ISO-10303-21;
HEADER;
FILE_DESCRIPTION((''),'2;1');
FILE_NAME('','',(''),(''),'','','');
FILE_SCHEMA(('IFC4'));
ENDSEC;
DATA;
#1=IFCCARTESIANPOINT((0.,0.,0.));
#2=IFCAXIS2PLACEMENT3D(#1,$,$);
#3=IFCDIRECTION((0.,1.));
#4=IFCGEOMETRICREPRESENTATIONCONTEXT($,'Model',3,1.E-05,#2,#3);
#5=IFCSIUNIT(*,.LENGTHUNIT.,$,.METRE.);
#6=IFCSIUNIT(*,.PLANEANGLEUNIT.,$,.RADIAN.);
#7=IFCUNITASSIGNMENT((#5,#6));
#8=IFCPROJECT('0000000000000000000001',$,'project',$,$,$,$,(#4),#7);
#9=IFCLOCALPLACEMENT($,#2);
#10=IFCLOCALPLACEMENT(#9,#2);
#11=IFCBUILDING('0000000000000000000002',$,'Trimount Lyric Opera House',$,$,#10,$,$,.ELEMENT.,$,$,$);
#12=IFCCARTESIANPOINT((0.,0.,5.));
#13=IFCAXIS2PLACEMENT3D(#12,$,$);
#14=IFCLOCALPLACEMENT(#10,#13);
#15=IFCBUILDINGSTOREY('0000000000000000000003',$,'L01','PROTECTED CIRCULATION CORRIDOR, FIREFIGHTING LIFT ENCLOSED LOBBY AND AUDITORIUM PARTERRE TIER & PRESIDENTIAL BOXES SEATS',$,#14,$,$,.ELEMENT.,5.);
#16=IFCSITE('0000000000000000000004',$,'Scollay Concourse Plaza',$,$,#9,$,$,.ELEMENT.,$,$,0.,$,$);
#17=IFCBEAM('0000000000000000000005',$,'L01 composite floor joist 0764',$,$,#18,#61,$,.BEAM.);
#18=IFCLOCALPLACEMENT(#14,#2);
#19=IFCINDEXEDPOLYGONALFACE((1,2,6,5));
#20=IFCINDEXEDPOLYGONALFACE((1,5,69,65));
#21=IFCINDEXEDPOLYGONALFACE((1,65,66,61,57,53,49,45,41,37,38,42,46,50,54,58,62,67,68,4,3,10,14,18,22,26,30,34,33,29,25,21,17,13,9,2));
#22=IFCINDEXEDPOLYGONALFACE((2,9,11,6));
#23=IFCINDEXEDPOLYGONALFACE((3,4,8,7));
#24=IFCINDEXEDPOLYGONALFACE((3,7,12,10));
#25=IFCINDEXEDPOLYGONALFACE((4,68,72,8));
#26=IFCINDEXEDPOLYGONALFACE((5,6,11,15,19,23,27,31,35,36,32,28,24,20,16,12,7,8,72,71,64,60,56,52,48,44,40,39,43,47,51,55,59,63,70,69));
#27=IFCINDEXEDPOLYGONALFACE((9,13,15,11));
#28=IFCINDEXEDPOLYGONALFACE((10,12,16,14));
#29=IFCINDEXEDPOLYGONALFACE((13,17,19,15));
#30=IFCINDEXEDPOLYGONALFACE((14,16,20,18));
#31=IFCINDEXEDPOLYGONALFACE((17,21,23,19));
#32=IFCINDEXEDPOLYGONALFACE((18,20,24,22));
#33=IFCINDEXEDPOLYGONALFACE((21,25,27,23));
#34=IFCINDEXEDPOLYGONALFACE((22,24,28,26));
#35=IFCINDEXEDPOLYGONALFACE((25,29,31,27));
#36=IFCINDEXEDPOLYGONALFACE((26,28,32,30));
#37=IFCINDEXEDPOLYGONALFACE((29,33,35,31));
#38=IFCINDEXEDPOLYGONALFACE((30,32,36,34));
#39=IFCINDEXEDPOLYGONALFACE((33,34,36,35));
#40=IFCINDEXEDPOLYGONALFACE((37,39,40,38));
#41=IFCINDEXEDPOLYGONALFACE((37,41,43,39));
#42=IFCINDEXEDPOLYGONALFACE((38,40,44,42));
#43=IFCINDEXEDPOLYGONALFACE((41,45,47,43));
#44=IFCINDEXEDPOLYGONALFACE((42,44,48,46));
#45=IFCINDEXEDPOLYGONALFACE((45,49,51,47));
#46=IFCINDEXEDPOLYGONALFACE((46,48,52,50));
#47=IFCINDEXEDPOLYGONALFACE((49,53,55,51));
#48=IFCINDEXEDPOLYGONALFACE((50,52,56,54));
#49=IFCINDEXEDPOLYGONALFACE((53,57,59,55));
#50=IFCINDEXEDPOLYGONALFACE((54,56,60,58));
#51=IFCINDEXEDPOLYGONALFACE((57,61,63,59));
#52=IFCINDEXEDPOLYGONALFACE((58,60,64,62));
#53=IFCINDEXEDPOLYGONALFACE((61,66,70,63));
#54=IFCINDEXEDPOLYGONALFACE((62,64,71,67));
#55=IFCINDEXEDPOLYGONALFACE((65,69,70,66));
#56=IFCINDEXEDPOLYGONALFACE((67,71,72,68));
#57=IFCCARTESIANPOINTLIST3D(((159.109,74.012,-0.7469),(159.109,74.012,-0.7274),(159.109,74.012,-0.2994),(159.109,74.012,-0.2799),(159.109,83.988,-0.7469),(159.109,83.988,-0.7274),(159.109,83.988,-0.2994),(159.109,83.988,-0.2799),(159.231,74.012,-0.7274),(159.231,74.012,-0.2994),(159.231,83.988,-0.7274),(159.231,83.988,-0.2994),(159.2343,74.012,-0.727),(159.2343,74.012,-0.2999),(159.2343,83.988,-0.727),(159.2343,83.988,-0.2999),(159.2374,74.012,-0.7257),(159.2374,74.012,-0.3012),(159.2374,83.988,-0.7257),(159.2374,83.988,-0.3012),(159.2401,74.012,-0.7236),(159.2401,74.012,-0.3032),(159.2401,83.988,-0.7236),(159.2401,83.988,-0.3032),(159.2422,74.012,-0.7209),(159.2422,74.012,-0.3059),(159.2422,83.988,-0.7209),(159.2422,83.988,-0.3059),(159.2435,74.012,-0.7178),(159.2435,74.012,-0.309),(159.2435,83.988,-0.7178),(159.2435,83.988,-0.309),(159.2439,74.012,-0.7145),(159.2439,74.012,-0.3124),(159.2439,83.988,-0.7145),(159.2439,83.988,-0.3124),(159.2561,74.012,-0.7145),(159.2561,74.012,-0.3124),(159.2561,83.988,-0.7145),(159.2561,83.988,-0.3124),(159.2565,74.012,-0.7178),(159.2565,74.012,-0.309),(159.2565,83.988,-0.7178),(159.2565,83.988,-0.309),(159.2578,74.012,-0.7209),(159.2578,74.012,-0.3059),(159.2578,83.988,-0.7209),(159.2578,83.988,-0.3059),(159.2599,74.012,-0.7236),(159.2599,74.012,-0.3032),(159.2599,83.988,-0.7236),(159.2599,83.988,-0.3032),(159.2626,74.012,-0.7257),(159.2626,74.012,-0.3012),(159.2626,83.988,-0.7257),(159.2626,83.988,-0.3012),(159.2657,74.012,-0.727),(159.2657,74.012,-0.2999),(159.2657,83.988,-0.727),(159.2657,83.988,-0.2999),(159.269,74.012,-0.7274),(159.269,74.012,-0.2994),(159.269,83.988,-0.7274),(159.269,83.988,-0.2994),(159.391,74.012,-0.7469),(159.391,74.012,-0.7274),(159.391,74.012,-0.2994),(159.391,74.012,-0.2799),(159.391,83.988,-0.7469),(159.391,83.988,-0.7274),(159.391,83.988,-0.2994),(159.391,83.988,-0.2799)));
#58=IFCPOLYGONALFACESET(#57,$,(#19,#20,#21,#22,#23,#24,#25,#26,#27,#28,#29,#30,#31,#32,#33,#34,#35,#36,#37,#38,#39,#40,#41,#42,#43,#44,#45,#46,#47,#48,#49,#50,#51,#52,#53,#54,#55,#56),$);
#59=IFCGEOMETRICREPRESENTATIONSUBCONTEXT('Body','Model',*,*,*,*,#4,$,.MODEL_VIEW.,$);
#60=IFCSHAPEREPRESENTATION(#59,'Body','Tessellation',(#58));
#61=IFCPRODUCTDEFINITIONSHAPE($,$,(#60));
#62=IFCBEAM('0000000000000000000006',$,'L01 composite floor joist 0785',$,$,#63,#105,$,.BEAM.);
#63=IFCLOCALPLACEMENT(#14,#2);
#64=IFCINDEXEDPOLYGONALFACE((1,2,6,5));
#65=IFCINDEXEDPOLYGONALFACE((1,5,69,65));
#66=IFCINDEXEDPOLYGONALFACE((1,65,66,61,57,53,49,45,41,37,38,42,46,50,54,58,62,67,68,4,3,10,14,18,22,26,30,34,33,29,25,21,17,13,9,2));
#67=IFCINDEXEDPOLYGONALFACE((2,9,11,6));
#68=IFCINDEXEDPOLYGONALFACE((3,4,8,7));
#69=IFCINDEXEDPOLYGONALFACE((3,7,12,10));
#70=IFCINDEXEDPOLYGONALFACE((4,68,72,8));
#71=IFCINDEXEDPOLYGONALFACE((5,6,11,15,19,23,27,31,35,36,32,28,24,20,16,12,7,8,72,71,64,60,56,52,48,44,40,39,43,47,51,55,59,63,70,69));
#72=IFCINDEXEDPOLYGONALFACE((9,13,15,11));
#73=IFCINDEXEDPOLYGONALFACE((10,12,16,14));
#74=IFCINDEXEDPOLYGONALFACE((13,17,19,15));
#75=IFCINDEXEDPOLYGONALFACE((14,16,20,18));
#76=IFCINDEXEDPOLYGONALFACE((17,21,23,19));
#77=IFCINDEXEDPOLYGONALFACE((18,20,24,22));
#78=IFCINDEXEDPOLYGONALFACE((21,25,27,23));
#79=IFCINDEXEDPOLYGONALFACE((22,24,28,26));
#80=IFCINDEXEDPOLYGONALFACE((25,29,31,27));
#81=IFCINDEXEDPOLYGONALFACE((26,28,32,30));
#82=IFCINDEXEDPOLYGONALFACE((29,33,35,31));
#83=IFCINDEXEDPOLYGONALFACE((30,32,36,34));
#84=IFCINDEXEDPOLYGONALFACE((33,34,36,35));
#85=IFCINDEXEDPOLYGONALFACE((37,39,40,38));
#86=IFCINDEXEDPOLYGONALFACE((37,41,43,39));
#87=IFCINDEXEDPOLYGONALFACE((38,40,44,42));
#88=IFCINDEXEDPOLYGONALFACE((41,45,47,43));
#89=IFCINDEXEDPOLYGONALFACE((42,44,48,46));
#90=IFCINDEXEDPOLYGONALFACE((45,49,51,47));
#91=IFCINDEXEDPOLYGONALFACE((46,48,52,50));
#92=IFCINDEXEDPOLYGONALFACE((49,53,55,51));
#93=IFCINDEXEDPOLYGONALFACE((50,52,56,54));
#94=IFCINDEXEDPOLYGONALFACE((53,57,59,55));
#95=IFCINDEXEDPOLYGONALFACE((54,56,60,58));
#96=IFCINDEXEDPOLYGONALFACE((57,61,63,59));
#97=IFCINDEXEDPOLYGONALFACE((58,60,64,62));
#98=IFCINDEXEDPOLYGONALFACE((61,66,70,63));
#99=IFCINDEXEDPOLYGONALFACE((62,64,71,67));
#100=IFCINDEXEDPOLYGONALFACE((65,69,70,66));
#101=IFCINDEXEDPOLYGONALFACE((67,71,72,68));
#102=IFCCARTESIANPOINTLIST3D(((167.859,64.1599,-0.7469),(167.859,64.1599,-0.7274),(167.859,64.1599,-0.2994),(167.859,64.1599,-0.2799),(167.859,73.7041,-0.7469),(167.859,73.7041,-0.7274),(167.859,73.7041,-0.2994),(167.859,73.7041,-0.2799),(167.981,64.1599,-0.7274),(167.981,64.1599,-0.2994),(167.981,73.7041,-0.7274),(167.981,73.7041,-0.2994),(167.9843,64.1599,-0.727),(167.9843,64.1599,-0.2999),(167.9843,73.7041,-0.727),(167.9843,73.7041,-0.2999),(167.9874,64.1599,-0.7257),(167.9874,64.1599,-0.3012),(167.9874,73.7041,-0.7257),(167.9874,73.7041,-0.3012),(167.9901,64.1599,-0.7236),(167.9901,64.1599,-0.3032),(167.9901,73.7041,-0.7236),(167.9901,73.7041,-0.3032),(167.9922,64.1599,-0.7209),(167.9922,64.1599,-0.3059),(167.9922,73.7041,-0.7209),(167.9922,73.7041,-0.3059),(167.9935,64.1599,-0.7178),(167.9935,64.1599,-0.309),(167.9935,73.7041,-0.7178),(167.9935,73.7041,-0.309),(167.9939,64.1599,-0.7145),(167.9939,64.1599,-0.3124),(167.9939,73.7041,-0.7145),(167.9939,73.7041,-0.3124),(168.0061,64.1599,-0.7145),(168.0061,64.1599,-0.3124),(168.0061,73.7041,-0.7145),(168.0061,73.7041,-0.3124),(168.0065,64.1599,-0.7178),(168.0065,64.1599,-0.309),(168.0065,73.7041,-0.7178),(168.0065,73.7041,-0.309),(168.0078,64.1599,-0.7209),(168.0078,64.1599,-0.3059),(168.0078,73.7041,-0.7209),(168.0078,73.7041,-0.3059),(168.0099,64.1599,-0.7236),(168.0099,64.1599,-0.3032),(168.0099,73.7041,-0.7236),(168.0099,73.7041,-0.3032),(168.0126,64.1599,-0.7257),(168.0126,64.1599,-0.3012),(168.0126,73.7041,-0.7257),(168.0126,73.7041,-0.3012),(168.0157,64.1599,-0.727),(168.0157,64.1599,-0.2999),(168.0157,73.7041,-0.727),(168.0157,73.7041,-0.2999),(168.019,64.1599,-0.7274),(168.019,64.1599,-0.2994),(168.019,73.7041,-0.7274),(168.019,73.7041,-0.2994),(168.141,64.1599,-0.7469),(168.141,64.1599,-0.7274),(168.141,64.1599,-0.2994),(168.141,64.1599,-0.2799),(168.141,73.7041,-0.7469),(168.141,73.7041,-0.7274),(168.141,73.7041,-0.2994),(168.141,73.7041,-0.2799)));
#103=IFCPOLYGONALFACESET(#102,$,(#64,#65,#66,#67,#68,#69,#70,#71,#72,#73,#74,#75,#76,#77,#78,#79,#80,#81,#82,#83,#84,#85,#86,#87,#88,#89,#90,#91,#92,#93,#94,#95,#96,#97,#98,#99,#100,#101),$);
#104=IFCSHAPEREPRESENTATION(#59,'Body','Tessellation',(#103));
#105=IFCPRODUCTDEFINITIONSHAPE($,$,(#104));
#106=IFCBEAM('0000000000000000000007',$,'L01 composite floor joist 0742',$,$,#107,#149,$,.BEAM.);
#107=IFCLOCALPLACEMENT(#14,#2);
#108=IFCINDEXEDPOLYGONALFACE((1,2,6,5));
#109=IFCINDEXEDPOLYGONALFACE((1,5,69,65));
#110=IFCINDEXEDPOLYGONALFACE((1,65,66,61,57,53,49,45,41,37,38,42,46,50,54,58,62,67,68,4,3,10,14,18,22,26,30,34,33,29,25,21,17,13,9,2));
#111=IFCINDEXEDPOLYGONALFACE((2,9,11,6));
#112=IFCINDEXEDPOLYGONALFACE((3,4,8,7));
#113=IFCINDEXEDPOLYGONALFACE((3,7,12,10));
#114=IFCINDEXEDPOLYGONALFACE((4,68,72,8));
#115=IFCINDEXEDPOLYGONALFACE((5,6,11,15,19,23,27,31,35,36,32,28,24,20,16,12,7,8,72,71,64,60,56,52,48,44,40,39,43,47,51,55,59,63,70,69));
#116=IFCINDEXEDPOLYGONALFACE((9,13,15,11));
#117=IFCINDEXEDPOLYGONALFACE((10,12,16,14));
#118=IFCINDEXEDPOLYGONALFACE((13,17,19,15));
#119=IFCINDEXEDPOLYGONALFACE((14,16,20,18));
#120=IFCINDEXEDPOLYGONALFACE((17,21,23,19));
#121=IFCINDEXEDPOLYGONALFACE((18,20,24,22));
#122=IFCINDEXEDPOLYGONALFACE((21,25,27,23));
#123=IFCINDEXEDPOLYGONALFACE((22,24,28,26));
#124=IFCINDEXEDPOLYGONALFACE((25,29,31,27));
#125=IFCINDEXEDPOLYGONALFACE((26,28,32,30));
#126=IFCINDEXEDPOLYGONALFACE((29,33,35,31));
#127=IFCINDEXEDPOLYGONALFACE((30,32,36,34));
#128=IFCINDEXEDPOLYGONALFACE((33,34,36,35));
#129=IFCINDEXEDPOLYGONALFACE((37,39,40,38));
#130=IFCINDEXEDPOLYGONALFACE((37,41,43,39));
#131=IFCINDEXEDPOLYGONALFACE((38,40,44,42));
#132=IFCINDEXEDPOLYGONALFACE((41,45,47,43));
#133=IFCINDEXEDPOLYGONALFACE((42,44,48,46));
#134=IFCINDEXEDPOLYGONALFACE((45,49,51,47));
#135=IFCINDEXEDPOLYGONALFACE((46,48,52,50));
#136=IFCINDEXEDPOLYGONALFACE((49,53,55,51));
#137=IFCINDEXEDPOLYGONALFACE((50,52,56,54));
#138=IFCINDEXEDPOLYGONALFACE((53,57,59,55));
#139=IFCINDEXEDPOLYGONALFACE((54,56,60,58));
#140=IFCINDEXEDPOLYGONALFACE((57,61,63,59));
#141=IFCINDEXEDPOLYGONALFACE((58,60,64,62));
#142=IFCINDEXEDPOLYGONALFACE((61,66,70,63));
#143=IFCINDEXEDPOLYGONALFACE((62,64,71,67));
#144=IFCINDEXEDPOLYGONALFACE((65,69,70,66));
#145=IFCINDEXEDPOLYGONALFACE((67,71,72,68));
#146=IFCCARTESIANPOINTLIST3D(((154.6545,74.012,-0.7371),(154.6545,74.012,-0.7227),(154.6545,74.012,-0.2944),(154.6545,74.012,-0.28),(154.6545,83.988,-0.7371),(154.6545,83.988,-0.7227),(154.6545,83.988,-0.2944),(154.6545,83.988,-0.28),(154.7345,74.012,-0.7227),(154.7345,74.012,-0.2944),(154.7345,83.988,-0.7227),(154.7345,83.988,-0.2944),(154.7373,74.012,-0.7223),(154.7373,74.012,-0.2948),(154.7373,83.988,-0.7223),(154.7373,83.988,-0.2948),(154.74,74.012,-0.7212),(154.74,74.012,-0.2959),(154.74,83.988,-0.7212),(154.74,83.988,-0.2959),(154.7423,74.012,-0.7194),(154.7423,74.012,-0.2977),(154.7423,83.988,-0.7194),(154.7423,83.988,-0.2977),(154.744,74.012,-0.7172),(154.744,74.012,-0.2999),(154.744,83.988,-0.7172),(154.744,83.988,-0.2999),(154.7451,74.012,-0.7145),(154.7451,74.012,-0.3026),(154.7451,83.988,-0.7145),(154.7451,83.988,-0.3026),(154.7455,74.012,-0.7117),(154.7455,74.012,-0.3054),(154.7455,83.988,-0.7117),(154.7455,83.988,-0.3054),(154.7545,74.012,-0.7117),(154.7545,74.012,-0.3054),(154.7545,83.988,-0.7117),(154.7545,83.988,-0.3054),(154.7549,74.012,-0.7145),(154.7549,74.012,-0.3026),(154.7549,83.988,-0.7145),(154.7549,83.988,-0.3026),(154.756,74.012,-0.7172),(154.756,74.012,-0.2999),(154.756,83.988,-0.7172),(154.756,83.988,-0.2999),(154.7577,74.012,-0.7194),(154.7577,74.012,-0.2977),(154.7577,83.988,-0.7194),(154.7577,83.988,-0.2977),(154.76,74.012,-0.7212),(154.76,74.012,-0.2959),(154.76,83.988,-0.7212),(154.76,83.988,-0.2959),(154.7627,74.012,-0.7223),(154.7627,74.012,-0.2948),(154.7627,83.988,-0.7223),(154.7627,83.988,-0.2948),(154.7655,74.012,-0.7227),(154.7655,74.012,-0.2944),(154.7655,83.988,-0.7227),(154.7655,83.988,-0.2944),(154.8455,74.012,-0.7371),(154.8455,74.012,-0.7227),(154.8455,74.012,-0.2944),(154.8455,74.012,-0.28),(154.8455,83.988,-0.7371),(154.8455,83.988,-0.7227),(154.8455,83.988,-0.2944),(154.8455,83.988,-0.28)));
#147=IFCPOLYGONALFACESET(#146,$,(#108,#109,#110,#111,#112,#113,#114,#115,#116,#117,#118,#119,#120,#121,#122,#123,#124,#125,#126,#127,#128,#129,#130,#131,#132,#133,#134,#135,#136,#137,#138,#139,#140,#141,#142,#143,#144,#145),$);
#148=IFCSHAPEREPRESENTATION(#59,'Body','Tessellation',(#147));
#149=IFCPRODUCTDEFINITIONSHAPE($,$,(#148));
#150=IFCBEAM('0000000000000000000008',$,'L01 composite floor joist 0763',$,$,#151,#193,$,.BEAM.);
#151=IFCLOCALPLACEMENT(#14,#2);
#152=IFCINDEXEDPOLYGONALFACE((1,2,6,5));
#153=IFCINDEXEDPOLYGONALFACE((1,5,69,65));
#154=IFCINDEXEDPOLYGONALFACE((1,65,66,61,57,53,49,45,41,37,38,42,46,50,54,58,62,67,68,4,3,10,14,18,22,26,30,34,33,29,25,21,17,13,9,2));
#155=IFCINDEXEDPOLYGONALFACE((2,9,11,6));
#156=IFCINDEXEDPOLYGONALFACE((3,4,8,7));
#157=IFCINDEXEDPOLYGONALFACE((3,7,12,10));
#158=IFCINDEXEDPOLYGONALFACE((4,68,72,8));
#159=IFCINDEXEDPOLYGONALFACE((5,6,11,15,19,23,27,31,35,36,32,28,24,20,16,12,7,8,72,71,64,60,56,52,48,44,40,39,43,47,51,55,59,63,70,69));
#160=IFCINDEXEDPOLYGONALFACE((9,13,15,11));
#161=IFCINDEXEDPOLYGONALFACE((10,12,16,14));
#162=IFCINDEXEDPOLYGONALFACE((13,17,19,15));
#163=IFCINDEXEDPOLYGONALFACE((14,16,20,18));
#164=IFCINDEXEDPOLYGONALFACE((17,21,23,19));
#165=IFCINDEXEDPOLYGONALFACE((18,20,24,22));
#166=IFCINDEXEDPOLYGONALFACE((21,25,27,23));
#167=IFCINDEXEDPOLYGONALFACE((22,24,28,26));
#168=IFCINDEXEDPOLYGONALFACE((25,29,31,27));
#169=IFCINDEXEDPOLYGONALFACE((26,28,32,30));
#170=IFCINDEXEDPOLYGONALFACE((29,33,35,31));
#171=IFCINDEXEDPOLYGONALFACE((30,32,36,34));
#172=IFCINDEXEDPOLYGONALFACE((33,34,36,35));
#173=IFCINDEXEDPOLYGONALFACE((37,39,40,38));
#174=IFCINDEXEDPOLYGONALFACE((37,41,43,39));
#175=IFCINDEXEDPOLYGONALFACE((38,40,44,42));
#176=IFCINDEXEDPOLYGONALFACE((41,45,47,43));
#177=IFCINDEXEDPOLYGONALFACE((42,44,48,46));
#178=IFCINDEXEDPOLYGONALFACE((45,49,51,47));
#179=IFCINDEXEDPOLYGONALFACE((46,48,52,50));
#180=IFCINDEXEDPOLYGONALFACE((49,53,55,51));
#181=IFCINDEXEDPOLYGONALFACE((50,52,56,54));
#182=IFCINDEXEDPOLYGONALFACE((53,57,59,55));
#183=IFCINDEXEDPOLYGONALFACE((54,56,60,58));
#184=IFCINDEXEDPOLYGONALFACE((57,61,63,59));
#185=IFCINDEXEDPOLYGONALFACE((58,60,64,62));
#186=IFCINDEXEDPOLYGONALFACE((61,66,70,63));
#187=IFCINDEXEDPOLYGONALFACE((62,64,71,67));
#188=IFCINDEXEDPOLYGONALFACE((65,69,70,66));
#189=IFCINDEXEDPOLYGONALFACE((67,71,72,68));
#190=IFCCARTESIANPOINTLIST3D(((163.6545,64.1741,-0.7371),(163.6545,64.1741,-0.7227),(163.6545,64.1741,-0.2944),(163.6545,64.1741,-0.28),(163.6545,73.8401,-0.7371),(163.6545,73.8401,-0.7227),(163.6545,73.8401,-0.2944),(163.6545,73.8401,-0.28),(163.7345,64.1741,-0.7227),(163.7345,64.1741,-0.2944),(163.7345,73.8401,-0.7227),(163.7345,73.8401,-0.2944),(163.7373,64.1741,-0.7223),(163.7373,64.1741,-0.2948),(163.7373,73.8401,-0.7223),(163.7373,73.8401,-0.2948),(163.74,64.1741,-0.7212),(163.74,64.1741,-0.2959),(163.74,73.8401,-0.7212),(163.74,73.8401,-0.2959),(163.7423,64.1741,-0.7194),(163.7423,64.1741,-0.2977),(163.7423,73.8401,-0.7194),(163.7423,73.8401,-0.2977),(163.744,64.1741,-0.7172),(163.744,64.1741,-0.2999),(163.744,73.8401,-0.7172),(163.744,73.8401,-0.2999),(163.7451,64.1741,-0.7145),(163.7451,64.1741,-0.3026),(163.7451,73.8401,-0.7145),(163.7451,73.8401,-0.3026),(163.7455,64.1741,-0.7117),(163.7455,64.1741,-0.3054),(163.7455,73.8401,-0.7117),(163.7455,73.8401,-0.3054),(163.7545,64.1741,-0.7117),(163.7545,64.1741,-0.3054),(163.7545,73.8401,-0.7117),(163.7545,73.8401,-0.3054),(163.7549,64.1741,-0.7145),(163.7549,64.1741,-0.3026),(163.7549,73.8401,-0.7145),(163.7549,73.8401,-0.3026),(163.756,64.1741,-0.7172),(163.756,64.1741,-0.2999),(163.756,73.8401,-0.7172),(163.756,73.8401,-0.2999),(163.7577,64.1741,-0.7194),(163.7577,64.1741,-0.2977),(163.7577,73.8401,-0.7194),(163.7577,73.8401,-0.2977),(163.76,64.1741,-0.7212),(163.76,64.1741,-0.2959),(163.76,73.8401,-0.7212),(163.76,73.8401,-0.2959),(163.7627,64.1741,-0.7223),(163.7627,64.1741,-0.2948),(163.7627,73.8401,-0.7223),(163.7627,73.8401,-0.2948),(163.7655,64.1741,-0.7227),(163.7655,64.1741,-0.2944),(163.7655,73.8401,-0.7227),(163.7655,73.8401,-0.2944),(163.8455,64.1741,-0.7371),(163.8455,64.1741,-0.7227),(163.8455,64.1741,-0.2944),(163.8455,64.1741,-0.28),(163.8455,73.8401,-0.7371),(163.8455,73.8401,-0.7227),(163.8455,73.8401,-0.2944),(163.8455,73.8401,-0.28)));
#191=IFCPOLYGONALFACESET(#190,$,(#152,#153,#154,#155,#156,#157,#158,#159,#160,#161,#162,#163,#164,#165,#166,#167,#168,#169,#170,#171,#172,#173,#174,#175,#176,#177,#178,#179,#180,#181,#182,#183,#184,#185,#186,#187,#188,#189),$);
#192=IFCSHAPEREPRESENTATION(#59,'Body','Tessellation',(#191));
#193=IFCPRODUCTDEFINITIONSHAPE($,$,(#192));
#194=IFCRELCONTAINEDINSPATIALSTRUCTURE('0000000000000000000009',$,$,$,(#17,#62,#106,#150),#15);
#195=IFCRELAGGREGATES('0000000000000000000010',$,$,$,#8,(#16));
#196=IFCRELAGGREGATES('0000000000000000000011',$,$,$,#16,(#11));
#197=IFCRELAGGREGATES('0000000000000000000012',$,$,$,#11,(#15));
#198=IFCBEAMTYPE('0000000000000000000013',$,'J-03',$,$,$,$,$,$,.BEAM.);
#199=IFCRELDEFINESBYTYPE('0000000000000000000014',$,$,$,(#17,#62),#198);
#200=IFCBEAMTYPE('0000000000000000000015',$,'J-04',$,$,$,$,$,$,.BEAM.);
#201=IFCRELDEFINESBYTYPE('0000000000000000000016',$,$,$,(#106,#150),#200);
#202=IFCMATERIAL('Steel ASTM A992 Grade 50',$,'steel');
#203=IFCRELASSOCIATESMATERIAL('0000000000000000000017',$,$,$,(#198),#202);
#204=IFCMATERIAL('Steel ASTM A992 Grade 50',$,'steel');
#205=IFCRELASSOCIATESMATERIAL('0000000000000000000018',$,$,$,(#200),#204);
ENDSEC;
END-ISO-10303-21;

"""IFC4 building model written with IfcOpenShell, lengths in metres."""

from ifc_helpers import new_model, si_unit, direction, frame, origin, origin_2d, place, context, subcontext, project, spatial, i_section, extrude, material, material_profile, profile_set, type_object, element, save


model = new_model("IFC4")

# Units and contexts
model_context = context("Model", 3, precision=1e-05, world=origin(), true_north=direction((0.0, 1.0)))
body_context = subcontext(model_context, "Body", "Model", "MODEL_VIEW")
ifc_project = project(units=[si_unit("LENGTHUNIT", "METRE"), si_unit("PLANEANGLEUNIT", "RADIAN")], contexts=[model_context])

# Site, building, storey
site_placement = place(None, origin())
site = spatial("IfcSite", under=ifc_project, at=site_placement, Name="Scollay Concourse Plaza", CompositionType="ELEMENT", RefElevation=0.0)
building_placement = place(site_placement, origin())
building = spatial("IfcBuilding", under=site, at=building_placement, Name="Trimount Lyric Opera House", CompositionType="ELEMENT")
storey_placement = place(building_placement, frame((0.0, 0.0, 5.0)))
storey = spatial("IfcBuildingStorey", under=building, at=storey_placement, Name="L01", Description="PROTECTED CIRCULATION CORRIDOR, FIREFIGHTING LIFT ENCLOSED LOBBY AND AUDITORIUM PARTERRE TIER & PRESIDENTIAL BOXES SEATS", CompositionType="ELEMENT", Elevation=5.0)

# Beams
ifc_material_1 = material(Name="Steel ASTM A992 Grade 50", Category="steel")
ifc_material_profile_1 = material_profile(ifc_material_1, i_section(OverallWidth=0.282, OverallDepth=0.467, WebThickness=0.0122, FlangeThickness=0.0195, FilletRadius=0.0129, at=origin_2d()), Name="W18X86")
ifc_profile_set_1 = profile_set([ifc_material_profile_1], Name="Steel ASTM A992 Grade 50")
beam_type_1 = type_object("IfcBeamType", Name="J-03", PredefinedType="BEAM", material=ifc_profile_set_1)
beam_1_placement = place(storey_placement, frame((159.25, 74.012, -0.5134), z_axis=(0.0, 1.0, 0.0), x_axis=(-1.0, 0.0, 0.0)))
element("IfcBeam", 1, at=beam_1_placement, inside=storey, type_object=beam_type_1, Name="L01 composite floor joist 0764", PredefinedType="BEAM", context=body_context, shape_type="SweptSolid", body=[
    extrude(i_section(OverallWidth=0.282, OverallDepth=0.467, WebThickness=0.0122, FlangeThickness=0.0195, FilletRadius=0.0129, at=origin_2d()), origin(), (0.0, 0.0, 1.0), 9.9761),
])
beam_2_placement = place(storey_placement, frame((168.0, 64.1599, -0.5134), z_axis=(0.0, 1.0, 0.0), x_axis=(-1.0, 0.0, 0.0)))
element("IfcBeam", 2, at=beam_2_placement, inside=storey, type_object=beam_type_1, Name="L01 composite floor joist 0785", PredefinedType="BEAM", context=body_context, shape_type="SweptSolid", body=[
    extrude(i_section(OverallWidth=0.282, OverallDepth=0.467, WebThickness=0.0122, FlangeThickness=0.0195, FilletRadius=0.0129, at=origin_2d()), origin(), (0.0, 0.0, 1.0), 9.5442),
])
ifc_material_2 = material(Name="Steel ASTM A992 Grade 50", Category="steel")
ifc_material_profile_2 = material_profile(ifc_material_2, i_section(OverallWidth=0.1909, OverallDepth=0.457, WebThickness=0.009, FlangeThickness=0.0144, FilletRadius=0.011, at=origin_2d()), Name="W18X50")
ifc_profile_set_2 = profile_set([ifc_material_profile_2], Name="Steel ASTM A992 Grade 50")
beam_type_2 = type_object("IfcBeamType", Name="J-04", PredefinedType="BEAM", material=ifc_profile_set_2)
beam_3_placement = place(storey_placement, frame((154.75, 74.012, -0.5085), z_axis=(0.0, 1.0, 0.0), x_axis=(-1.0, 0.0, 0.0)))
element("IfcBeam", 3, at=beam_3_placement, inside=storey, type_object=beam_type_2, Name="L01 composite floor joist 0742", PredefinedType="BEAM", context=body_context, shape_type="SweptSolid", body=[
    extrude(i_section(OverallWidth=0.1909, OverallDepth=0.457, WebThickness=0.009, FlangeThickness=0.0144, FilletRadius=0.011, at=origin_2d()), origin(), (0.0, 0.0, 1.0), 9.9761),
])
beam_4_placement = place(storey_placement, frame((163.75, 64.1741, -0.5085), z_axis=(0.0, 1.0, 0.0), x_axis=(-1.0, 0.0, 0.0)))
element("IfcBeam", 4, at=beam_4_placement, inside=storey, type_object=beam_type_2, Name="L01 composite floor joist 0763", PredefinedType="BEAM", context=body_context, shape_type="SweptSolid", body=[
    extrude(i_section(OverallWidth=0.1909, OverallDepth=0.457, WebThickness=0.009, FlangeThickness=0.0144, FilletRadius=0.011, at=origin_2d()), origin(), (0.0, 0.0, 1.0), 9.666),
])

save(model, "model.ifc")
